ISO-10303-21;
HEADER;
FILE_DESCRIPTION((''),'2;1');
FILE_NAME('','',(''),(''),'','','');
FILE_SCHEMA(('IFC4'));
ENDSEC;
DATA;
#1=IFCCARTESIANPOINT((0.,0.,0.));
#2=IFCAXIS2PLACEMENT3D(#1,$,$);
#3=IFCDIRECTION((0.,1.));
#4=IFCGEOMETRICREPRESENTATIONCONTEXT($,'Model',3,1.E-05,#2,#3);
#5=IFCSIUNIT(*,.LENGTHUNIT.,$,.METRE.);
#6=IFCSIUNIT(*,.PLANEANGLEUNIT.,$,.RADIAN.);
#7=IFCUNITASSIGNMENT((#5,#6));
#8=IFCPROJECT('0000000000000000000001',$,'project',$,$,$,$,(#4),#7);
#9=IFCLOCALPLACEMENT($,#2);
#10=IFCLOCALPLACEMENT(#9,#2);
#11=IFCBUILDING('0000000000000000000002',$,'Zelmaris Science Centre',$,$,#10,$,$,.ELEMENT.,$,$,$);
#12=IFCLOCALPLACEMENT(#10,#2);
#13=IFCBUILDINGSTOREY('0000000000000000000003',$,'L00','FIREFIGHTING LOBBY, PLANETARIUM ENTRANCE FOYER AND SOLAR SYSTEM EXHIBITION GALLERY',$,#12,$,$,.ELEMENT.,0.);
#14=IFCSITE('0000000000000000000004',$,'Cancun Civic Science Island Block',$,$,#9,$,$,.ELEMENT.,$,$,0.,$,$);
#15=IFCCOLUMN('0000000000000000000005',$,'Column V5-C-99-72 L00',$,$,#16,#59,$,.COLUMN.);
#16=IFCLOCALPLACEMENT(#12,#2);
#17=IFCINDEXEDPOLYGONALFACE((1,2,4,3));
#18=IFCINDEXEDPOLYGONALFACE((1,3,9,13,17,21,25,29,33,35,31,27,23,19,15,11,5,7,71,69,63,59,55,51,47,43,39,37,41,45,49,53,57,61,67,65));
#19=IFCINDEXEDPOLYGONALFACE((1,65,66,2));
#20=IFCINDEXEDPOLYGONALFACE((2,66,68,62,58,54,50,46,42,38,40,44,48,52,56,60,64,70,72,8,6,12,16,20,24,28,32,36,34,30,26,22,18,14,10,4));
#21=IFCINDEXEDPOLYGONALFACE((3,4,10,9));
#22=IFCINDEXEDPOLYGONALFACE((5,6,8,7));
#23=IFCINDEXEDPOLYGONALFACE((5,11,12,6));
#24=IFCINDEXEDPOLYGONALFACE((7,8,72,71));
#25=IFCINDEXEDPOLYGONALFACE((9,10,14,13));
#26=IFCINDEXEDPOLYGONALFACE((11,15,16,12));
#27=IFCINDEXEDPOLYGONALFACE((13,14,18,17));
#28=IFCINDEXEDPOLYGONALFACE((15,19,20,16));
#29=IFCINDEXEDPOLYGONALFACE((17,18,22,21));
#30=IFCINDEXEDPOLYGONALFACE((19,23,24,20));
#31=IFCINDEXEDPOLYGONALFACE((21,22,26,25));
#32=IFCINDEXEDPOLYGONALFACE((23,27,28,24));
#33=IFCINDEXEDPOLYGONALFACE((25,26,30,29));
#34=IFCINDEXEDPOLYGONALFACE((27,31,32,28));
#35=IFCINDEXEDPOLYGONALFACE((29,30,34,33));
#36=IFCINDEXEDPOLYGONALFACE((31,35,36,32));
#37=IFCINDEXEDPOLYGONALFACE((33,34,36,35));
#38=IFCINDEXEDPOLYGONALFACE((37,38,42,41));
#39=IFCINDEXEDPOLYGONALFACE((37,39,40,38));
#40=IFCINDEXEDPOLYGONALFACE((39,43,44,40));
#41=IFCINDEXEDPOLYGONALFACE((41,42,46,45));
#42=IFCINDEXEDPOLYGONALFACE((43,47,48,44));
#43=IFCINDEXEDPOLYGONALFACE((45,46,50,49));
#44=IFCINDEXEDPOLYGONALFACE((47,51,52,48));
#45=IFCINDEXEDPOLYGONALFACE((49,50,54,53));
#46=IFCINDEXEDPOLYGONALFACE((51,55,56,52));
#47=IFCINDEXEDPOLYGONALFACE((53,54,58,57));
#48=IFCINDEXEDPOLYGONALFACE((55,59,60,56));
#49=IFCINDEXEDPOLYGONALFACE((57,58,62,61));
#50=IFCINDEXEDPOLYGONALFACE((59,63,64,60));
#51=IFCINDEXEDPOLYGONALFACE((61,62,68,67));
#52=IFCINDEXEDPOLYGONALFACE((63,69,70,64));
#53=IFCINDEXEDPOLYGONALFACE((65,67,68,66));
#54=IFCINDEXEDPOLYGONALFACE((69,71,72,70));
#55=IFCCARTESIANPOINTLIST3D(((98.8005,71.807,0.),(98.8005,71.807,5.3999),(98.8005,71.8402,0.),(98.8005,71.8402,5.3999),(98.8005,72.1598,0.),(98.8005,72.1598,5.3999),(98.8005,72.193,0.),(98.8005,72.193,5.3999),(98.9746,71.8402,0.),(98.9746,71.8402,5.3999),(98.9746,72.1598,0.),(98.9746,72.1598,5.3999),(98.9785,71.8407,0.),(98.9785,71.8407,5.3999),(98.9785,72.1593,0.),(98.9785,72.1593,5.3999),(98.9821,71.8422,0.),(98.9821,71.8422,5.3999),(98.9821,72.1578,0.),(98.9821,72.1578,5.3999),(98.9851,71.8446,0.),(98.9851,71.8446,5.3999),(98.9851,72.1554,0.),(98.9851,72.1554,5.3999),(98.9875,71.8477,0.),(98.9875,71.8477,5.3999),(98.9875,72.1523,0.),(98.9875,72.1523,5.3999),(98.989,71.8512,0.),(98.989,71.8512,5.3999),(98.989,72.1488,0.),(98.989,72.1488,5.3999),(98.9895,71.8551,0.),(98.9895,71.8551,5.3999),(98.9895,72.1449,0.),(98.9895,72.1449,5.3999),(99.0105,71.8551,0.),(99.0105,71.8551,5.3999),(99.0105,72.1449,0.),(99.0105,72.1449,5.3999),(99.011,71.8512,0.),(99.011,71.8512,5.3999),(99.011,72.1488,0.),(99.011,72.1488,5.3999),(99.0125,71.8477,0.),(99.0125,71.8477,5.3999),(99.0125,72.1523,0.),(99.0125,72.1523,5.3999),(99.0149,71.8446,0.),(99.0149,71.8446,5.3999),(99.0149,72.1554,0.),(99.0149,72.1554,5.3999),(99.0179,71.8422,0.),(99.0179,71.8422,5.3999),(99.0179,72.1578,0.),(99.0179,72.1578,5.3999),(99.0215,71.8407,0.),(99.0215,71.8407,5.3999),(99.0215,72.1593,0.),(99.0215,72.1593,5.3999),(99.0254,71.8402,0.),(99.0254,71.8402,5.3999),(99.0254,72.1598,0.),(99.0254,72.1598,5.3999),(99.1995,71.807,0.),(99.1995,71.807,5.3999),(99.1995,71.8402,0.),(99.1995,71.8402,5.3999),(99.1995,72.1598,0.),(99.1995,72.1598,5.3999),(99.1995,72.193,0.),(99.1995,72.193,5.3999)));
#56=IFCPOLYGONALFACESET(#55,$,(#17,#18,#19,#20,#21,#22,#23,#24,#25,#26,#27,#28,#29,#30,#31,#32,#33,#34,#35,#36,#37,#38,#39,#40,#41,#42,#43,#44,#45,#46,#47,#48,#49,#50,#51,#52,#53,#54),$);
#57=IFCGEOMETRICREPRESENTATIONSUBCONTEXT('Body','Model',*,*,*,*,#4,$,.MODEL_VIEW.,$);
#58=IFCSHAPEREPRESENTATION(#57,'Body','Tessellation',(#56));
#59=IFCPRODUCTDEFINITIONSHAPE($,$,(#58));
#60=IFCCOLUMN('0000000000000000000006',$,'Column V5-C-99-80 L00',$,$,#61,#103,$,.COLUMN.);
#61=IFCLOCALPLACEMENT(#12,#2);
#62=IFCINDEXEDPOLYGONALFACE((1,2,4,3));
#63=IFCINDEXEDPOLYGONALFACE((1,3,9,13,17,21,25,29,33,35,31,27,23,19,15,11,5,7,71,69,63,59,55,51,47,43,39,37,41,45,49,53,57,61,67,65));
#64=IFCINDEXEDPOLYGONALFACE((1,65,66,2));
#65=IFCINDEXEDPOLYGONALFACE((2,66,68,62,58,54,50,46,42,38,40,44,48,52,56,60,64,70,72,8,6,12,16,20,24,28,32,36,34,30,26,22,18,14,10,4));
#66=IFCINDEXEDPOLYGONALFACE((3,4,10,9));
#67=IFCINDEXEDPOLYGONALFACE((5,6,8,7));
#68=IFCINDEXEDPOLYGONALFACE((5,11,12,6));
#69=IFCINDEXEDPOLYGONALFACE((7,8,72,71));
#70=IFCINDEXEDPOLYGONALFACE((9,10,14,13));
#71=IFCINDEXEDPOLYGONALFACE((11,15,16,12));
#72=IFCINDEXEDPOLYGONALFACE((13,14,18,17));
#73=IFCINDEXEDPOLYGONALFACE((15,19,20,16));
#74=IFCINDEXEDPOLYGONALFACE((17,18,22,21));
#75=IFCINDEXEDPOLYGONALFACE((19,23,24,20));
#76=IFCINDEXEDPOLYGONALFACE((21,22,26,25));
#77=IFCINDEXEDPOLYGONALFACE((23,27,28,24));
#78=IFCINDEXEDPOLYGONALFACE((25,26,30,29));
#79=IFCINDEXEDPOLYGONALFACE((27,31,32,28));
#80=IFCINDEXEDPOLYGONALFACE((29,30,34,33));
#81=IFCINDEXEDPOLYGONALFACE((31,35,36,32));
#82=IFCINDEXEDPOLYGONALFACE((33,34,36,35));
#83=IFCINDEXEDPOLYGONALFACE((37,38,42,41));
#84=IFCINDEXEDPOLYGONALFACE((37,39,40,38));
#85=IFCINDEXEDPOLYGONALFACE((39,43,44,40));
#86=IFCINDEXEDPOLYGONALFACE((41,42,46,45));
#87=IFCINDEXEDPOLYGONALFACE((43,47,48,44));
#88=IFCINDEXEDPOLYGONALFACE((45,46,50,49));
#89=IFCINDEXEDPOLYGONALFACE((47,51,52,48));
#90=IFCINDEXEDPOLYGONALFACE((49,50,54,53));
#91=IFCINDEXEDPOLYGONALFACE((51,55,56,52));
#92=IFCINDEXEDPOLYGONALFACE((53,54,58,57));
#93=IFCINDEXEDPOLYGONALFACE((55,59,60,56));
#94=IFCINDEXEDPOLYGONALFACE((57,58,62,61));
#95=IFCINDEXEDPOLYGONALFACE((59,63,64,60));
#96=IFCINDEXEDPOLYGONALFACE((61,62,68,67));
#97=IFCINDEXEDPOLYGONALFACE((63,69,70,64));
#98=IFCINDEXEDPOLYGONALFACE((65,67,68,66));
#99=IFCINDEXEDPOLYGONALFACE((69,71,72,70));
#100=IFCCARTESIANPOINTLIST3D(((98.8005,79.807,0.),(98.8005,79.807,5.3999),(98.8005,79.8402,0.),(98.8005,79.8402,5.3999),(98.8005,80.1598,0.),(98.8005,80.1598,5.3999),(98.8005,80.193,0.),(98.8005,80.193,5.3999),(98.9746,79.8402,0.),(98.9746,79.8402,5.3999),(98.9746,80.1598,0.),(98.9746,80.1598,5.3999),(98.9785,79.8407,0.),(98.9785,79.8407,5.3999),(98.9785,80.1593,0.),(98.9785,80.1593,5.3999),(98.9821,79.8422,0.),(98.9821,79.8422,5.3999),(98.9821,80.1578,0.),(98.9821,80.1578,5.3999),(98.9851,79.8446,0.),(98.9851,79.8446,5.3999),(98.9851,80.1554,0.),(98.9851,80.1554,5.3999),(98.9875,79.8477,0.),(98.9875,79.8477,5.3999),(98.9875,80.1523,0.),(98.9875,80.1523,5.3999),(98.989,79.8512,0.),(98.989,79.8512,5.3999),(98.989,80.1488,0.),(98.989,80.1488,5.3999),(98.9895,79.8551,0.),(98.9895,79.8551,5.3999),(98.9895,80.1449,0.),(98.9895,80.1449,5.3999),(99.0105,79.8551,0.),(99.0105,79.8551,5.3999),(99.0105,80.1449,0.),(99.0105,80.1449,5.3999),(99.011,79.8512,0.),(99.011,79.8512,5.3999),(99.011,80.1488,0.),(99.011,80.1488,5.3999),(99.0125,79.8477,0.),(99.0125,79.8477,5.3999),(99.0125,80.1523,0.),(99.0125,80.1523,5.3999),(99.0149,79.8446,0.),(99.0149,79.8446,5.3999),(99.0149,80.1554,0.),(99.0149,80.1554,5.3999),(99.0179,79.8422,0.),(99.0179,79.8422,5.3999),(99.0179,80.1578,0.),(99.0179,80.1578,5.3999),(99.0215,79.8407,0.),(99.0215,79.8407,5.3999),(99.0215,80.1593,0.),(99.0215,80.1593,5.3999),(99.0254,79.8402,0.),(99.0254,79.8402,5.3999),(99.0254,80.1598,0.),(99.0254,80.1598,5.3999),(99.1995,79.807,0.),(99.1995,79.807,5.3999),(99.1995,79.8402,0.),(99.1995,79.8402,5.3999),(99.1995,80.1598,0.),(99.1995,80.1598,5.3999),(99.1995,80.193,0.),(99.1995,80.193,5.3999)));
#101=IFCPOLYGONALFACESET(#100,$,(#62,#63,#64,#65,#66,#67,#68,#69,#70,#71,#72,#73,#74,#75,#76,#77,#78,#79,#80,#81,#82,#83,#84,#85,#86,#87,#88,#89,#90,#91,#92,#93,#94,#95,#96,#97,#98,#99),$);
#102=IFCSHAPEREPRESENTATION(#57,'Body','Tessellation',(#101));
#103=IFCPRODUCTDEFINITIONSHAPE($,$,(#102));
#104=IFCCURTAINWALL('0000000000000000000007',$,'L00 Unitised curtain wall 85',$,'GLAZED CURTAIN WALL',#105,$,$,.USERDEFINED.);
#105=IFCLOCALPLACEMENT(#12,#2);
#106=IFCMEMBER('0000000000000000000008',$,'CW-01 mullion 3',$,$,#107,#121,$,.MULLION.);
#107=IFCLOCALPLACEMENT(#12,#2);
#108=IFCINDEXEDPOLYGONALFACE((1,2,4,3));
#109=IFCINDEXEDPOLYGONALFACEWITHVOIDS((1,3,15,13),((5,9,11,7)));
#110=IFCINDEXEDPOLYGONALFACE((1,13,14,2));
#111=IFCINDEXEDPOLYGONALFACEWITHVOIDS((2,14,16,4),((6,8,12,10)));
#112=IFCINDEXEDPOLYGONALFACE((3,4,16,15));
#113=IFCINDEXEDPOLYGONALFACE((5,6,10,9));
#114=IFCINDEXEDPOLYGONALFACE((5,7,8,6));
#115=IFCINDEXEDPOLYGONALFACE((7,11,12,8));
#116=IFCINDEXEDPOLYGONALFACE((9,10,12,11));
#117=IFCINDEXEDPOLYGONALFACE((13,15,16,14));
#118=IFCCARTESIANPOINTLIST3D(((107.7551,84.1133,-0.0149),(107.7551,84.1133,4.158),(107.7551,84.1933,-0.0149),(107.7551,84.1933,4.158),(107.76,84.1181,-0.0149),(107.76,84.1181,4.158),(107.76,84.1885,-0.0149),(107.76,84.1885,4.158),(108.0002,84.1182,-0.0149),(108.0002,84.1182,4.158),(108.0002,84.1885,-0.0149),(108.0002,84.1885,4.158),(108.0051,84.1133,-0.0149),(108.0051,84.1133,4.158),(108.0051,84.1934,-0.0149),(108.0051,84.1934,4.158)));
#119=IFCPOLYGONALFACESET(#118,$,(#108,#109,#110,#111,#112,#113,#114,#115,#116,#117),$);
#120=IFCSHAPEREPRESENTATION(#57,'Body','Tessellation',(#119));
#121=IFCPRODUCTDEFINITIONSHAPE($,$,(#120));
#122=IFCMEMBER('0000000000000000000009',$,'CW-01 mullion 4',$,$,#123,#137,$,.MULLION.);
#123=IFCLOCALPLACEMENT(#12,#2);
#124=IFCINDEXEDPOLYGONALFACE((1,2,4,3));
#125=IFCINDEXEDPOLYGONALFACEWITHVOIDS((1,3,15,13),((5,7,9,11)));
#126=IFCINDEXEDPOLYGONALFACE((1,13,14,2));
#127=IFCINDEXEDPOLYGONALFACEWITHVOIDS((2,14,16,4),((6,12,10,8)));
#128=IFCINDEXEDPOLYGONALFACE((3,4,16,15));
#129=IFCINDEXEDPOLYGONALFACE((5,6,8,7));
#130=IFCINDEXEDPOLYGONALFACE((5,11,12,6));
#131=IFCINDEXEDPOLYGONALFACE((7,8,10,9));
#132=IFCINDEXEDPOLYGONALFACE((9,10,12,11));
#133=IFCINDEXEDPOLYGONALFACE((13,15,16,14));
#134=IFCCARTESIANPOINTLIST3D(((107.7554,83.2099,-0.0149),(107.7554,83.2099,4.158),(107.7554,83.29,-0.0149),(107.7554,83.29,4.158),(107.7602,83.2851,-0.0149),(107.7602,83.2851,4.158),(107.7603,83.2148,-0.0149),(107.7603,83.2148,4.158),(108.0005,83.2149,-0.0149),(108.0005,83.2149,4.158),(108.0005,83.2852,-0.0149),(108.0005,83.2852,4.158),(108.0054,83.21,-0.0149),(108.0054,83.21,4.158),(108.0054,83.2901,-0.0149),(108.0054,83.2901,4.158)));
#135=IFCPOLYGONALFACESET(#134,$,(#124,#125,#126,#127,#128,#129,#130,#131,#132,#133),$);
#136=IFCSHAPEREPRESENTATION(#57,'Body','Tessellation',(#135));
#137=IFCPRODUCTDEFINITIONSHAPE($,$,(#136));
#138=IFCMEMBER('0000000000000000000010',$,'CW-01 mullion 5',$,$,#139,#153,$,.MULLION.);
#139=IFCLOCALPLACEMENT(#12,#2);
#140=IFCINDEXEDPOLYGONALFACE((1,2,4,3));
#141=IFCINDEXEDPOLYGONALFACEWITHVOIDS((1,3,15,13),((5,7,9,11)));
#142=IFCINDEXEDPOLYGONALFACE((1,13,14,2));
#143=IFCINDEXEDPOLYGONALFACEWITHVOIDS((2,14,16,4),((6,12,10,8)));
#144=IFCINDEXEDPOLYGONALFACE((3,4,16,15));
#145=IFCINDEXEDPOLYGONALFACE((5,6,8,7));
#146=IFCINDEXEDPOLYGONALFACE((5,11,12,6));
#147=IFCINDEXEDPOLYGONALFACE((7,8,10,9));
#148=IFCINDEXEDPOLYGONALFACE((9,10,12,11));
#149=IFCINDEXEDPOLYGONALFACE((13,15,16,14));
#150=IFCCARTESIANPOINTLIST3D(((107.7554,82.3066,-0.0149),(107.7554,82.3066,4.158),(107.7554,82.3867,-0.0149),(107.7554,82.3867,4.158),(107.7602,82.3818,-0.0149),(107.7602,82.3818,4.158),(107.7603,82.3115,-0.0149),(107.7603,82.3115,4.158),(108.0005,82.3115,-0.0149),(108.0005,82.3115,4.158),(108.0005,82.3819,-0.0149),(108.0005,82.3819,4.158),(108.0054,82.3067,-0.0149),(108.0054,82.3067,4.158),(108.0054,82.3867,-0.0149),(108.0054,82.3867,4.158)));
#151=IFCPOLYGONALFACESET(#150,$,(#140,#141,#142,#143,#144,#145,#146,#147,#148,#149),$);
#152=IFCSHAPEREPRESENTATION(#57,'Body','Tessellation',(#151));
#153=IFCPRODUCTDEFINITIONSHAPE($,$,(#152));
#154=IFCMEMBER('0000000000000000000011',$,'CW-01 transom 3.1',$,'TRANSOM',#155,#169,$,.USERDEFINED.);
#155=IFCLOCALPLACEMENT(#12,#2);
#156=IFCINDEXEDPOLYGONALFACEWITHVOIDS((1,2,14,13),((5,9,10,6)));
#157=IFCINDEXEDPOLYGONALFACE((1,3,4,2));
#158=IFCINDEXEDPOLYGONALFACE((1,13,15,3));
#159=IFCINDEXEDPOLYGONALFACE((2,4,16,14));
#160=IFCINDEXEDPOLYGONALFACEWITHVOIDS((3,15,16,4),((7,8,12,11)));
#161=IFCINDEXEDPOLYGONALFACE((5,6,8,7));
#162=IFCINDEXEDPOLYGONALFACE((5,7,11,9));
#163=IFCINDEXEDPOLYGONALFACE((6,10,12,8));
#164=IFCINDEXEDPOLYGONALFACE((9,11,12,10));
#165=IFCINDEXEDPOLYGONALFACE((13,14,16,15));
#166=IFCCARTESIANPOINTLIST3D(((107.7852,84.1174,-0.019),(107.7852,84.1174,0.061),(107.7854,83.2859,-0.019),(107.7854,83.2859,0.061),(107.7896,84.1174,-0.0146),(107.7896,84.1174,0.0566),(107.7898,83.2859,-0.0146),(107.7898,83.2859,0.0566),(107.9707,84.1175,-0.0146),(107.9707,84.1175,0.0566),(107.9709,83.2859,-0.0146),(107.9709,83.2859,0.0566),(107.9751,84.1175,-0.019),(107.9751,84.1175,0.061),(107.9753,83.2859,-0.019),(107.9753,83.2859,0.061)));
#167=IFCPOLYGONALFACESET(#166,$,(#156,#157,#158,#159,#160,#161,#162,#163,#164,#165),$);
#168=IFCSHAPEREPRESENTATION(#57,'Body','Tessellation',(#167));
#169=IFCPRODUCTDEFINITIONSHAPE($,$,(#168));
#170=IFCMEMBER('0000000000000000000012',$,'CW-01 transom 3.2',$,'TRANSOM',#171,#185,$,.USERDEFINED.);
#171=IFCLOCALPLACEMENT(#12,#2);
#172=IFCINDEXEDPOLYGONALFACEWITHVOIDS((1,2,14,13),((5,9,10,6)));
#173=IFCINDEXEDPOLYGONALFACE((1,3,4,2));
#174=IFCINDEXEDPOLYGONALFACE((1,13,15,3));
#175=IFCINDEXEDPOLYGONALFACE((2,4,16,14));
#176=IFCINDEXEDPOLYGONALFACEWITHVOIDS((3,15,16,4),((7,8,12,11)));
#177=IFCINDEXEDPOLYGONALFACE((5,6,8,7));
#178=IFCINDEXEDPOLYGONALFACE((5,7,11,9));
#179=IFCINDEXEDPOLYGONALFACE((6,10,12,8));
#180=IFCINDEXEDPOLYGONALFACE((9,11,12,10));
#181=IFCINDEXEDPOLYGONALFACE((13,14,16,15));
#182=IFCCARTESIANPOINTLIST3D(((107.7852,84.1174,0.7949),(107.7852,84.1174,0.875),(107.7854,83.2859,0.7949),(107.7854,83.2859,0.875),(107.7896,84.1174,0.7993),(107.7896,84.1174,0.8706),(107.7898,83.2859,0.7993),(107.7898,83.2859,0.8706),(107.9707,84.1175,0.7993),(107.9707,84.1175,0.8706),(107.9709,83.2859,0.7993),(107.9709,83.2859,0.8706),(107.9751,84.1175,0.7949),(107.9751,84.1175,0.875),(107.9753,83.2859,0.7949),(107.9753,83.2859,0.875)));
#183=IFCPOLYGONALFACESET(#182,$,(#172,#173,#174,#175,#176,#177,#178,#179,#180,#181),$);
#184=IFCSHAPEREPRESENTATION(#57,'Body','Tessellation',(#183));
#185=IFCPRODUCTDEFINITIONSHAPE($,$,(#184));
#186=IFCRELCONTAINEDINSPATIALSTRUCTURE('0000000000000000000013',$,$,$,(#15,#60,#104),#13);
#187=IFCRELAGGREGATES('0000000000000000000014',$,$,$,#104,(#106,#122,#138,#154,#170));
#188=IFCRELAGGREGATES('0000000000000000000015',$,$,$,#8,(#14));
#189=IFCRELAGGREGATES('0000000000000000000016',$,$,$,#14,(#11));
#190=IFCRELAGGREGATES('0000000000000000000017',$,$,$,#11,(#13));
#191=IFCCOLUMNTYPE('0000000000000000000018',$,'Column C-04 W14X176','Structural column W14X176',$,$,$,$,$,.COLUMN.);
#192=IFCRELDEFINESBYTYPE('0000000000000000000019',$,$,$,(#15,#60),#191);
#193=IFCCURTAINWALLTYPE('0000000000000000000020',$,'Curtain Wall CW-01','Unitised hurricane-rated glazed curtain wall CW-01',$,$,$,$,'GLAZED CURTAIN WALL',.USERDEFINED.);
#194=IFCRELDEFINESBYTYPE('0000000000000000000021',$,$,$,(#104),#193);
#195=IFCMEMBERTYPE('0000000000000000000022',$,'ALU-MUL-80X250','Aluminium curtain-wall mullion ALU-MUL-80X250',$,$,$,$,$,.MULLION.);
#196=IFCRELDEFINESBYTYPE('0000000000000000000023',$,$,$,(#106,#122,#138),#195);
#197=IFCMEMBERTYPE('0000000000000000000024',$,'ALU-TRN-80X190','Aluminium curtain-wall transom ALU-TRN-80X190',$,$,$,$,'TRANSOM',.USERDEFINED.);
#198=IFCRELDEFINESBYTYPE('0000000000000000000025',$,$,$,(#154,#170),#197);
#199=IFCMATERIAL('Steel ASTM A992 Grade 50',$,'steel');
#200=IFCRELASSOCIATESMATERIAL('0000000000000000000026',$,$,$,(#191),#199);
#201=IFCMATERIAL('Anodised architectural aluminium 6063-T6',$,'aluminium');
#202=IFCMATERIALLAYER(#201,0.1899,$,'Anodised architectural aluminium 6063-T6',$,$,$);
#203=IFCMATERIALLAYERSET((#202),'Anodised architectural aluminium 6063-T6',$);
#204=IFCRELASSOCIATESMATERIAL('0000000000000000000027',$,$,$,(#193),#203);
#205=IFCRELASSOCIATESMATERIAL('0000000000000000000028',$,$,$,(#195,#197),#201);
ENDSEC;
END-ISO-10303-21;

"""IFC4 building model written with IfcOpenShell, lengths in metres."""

from ifc_helpers import new_model, si_unit, direction, frame, origin, origin_2d, place, context, subcontext, project, spatial, hollow_rectangle, i_section, extrude, material, layer, layer_set, material_profile, profile_set, type_object, element, aggregate, save


model = new_model("IFC4")

# Units and contexts
model_context = context("Model", 3, precision=1e-05, world=origin(), true_north=direction((0.0, 1.0)))
body_context = subcontext(model_context, "Body", "Model", "MODEL_VIEW")
ifc_project = project(units=[si_unit("LENGTHUNIT", "METRE"), si_unit("PLANEANGLEUNIT", "RADIAN")], contexts=[model_context])

# Site, building, storey
site_placement = place(None, origin())
site = spatial("IfcSite", under=ifc_project, at=site_placement, Name="Cancun Civic Science Island Block", CompositionType="ELEMENT", RefElevation=0.0)
building_placement = place(site_placement, origin())
building = spatial("IfcBuilding", under=site, at=building_placement, Name="Zelmaris Science Centre", CompositionType="ELEMENT")
storey_placement = place(building_placement, origin())
storey = spatial("IfcBuildingStorey", under=building, at=storey_placement, Name="L00", Description="FIREFIGHTING LOBBY, PLANETARIUM ENTRANCE FOYER AND SOLAR SYSTEM EXHIBITION GALLERY", CompositionType="ELEMENT", Elevation=0.0)

# Columns
ifc_material_1 = material(Name="Steel ASTM A992 Grade 50", Category="steel")
ifc_material_profile_1 = material_profile(ifc_material_1, i_section(OverallWidth=0.3989, OverallDepth=0.386, WebThickness=0.021, FlangeThickness=0.0332, FilletRadius=0.0149, at=origin_2d()), Name="W14X176")
ifc_profile_set_1 = profile_set([ifc_material_profile_1], Name="Steel ASTM A992 Grade 50")
column_type = type_object("IfcColumnType", Name="Column C-04 W14X176", Description="Structural column W14X176", PredefinedType="COLUMN", material=ifc_profile_set_1)
for number, where, z_axis, x_axis, name in (
    (1, (99.0, 72.0, 0.0), (0.0, 0.0, 1.0), (1.0, 0.0, 0.0), "Column V5-C-99-72 L00"),
    (2, (99.0, 80.0, 0.0), (0.0, 0.0, 1.0), (1.0, 0.0, 0.0), "Column V5-C-99-80 L00"),
):
    element("IfcColumn", number, at=place(storey_placement, frame(where, z_axis=z_axis, x_axis=x_axis)), inside=storey, type_object=column_type, Name=name, PredefinedType="COLUMN", context=body_context, shape_type="SweptSolid", body=[
        extrude(i_section(OverallWidth=0.3989, OverallDepth=0.386, WebThickness=0.021, FlangeThickness=0.0332, FilletRadius=0.0149, at=origin_2d()), origin(), (0.0, 0.0, 1.0), 5.3999),
    ])

# Curtain wall, members
ifc_material_2 = material(Name="Anodised architectural aluminium 6063-T6", Category="aluminium")
ifc_layer_1 = layer(ifc_material_2, 0.1899, Name="Anodised architectural aluminium 6063-T6")
ifc_layer_set_1 = layer_set([ifc_layer_1], Name="Anodised architectural aluminium 6063-T6")
curtain_wall_type = type_object("IfcCurtainWallType", Name="Curtain Wall CW-01", Description="Unitised hurricane-rated glazed curtain wall CW-01", ElementType="GLAZED CURTAIN WALL", PredefinedType="USERDEFINED", material=ifc_layer_set_1)
curtain_wall_placement = place(storey_placement, origin())
curtain_wall = element("IfcCurtainWall", 3, at=curtain_wall_placement, inside=storey, type_object=curtain_wall_type, Name="L00 Unitised curtain wall 85", ObjectType="GLAZED CURTAIN WALL", PredefinedType="USERDEFINED")
ifc_material_profile_2 = material_profile(ifc_material_2, hollow_rectangle(XDim=0.0801, YDim=0.25, WallThickness=0.0049, at=origin_2d()), Name="ALU-MUL-80X250")
ifc_profile_set_2 = profile_set([ifc_material_profile_2], Name="Anodised architectural aluminium 6063-T6")
member_type_1 = type_object("IfcMemberType", Name="ALU-MUL-80X250", Description="Aluminium curtain-wall mullion ALU-MUL-80X250", PredefinedType="MULLION", material=ifc_profile_set_2)
member_1_placement = place(storey_placement, frame((107.8801, 84.1533, -0.0149), z_axis=(0.0, 0.0, 1.0), x_axis=(0.000129, -1.0, 0.0)))
member_1 = element("IfcMember", 4, at=member_1_placement, type_object=member_type_1, Name="CW-01 mullion 3", PredefinedType="MULLION", context=body_context, shape_type="SweptSolid", body=[
    extrude(hollow_rectangle(XDim=0.0801, YDim=0.25, WallThickness=0.0049, at=origin_2d()), origin(), (0.0, 0.0, 1.0), 4.1729),
])
member_2_placement = place(storey_placement, frame((107.8804, 83.25, -0.0149), z_axis=(0.0, 0.0, 1.0), x_axis=(0.000129, -1.0, 0.0)))
member_2 = element("IfcMember", 5, at=member_2_placement, type_object=member_type_1, Name="CW-01 mullion 4", PredefinedType="MULLION", context=body_context, shape_type="SweptSolid", body=[
    extrude(hollow_rectangle(XDim=0.0801, YDim=0.25, WallThickness=0.0049, at=origin_2d()), origin(), (0.0, 0.0, 1.0), 4.1729),
])
member_3_placement = place(storey_placement, frame((107.8804, 82.3467, -0.0149), z_axis=(0.0, 0.0, 1.0), x_axis=(0.000129, -1.0, 0.0)))
member_3 = element("IfcMember", 6, at=member_3_placement, type_object=member_type_1, Name="CW-01 mullion 5", PredefinedType="MULLION", context=body_context, shape_type="SweptSolid", body=[
    extrude(hollow_rectangle(XDim=0.0801, YDim=0.25, WallThickness=0.0049, at=origin_2d()), origin(), (0.0, 0.0, 1.0), 4.1729),
])
ifc_material_profile_3 = material_profile(ifc_material_2, hollow_rectangle(XDim=0.0801, YDim=0.1899, WallThickness=0.0044, at=origin_2d()), Name="ALU-TRN-80X190")
ifc_profile_set_3 = profile_set([ifc_material_profile_3], Name="Anodised architectural aluminium 6063-T6")
member_type_2 = type_object("IfcMemberType", Name="ALU-TRN-80X190", Description="Aluminium curtain-wall transom ALU-TRN-80X190", ElementType="TRANSOM", PredefinedType="USERDEFINED", material=ifc_profile_set_3)
member_4_placement = place(storey_placement, frame((107.8801, 84.1174, 0.021), z_axis=(0.000294, -1.0, 0.0), x_axis=(0.0, 0.0, 1.0)))
member_4 = element("IfcMember", 7, at=member_4_placement, type_object=member_type_2, Name="CW-01 transom 3.1", ObjectType="TRANSOM", PredefinedType="USERDEFINED", context=body_context, shape_type="SweptSolid", body=[
    extrude(hollow_rectangle(XDim=0.0801, YDim=0.1899, WallThickness=0.0044, at=origin_2d()), origin(), (0.0, 0.0, 1.0), 0.8315),
])
member_5_placement = place(storey_placement, frame((107.8801, 84.1174, 0.835), z_axis=(0.000294, -1.0, 0.0), x_axis=(0.0, 0.0, 1.0)))
member_5 = element("IfcMember", 8, at=member_5_placement, type_object=member_type_2, Name="CW-01 transom 3.2", ObjectType="TRANSOM", PredefinedType="USERDEFINED", context=body_context, shape_type="SweptSolid", body=[
    extrude(hollow_rectangle(XDim=0.0801, YDim=0.1899, WallThickness=0.0044, at=origin_2d()), origin(), (0.0, 0.0, 1.0), 0.8315),
])

aggregate(curtain_wall, [member_1, member_2, member_3, member_4, member_5])

save(model, "model.ifc")
